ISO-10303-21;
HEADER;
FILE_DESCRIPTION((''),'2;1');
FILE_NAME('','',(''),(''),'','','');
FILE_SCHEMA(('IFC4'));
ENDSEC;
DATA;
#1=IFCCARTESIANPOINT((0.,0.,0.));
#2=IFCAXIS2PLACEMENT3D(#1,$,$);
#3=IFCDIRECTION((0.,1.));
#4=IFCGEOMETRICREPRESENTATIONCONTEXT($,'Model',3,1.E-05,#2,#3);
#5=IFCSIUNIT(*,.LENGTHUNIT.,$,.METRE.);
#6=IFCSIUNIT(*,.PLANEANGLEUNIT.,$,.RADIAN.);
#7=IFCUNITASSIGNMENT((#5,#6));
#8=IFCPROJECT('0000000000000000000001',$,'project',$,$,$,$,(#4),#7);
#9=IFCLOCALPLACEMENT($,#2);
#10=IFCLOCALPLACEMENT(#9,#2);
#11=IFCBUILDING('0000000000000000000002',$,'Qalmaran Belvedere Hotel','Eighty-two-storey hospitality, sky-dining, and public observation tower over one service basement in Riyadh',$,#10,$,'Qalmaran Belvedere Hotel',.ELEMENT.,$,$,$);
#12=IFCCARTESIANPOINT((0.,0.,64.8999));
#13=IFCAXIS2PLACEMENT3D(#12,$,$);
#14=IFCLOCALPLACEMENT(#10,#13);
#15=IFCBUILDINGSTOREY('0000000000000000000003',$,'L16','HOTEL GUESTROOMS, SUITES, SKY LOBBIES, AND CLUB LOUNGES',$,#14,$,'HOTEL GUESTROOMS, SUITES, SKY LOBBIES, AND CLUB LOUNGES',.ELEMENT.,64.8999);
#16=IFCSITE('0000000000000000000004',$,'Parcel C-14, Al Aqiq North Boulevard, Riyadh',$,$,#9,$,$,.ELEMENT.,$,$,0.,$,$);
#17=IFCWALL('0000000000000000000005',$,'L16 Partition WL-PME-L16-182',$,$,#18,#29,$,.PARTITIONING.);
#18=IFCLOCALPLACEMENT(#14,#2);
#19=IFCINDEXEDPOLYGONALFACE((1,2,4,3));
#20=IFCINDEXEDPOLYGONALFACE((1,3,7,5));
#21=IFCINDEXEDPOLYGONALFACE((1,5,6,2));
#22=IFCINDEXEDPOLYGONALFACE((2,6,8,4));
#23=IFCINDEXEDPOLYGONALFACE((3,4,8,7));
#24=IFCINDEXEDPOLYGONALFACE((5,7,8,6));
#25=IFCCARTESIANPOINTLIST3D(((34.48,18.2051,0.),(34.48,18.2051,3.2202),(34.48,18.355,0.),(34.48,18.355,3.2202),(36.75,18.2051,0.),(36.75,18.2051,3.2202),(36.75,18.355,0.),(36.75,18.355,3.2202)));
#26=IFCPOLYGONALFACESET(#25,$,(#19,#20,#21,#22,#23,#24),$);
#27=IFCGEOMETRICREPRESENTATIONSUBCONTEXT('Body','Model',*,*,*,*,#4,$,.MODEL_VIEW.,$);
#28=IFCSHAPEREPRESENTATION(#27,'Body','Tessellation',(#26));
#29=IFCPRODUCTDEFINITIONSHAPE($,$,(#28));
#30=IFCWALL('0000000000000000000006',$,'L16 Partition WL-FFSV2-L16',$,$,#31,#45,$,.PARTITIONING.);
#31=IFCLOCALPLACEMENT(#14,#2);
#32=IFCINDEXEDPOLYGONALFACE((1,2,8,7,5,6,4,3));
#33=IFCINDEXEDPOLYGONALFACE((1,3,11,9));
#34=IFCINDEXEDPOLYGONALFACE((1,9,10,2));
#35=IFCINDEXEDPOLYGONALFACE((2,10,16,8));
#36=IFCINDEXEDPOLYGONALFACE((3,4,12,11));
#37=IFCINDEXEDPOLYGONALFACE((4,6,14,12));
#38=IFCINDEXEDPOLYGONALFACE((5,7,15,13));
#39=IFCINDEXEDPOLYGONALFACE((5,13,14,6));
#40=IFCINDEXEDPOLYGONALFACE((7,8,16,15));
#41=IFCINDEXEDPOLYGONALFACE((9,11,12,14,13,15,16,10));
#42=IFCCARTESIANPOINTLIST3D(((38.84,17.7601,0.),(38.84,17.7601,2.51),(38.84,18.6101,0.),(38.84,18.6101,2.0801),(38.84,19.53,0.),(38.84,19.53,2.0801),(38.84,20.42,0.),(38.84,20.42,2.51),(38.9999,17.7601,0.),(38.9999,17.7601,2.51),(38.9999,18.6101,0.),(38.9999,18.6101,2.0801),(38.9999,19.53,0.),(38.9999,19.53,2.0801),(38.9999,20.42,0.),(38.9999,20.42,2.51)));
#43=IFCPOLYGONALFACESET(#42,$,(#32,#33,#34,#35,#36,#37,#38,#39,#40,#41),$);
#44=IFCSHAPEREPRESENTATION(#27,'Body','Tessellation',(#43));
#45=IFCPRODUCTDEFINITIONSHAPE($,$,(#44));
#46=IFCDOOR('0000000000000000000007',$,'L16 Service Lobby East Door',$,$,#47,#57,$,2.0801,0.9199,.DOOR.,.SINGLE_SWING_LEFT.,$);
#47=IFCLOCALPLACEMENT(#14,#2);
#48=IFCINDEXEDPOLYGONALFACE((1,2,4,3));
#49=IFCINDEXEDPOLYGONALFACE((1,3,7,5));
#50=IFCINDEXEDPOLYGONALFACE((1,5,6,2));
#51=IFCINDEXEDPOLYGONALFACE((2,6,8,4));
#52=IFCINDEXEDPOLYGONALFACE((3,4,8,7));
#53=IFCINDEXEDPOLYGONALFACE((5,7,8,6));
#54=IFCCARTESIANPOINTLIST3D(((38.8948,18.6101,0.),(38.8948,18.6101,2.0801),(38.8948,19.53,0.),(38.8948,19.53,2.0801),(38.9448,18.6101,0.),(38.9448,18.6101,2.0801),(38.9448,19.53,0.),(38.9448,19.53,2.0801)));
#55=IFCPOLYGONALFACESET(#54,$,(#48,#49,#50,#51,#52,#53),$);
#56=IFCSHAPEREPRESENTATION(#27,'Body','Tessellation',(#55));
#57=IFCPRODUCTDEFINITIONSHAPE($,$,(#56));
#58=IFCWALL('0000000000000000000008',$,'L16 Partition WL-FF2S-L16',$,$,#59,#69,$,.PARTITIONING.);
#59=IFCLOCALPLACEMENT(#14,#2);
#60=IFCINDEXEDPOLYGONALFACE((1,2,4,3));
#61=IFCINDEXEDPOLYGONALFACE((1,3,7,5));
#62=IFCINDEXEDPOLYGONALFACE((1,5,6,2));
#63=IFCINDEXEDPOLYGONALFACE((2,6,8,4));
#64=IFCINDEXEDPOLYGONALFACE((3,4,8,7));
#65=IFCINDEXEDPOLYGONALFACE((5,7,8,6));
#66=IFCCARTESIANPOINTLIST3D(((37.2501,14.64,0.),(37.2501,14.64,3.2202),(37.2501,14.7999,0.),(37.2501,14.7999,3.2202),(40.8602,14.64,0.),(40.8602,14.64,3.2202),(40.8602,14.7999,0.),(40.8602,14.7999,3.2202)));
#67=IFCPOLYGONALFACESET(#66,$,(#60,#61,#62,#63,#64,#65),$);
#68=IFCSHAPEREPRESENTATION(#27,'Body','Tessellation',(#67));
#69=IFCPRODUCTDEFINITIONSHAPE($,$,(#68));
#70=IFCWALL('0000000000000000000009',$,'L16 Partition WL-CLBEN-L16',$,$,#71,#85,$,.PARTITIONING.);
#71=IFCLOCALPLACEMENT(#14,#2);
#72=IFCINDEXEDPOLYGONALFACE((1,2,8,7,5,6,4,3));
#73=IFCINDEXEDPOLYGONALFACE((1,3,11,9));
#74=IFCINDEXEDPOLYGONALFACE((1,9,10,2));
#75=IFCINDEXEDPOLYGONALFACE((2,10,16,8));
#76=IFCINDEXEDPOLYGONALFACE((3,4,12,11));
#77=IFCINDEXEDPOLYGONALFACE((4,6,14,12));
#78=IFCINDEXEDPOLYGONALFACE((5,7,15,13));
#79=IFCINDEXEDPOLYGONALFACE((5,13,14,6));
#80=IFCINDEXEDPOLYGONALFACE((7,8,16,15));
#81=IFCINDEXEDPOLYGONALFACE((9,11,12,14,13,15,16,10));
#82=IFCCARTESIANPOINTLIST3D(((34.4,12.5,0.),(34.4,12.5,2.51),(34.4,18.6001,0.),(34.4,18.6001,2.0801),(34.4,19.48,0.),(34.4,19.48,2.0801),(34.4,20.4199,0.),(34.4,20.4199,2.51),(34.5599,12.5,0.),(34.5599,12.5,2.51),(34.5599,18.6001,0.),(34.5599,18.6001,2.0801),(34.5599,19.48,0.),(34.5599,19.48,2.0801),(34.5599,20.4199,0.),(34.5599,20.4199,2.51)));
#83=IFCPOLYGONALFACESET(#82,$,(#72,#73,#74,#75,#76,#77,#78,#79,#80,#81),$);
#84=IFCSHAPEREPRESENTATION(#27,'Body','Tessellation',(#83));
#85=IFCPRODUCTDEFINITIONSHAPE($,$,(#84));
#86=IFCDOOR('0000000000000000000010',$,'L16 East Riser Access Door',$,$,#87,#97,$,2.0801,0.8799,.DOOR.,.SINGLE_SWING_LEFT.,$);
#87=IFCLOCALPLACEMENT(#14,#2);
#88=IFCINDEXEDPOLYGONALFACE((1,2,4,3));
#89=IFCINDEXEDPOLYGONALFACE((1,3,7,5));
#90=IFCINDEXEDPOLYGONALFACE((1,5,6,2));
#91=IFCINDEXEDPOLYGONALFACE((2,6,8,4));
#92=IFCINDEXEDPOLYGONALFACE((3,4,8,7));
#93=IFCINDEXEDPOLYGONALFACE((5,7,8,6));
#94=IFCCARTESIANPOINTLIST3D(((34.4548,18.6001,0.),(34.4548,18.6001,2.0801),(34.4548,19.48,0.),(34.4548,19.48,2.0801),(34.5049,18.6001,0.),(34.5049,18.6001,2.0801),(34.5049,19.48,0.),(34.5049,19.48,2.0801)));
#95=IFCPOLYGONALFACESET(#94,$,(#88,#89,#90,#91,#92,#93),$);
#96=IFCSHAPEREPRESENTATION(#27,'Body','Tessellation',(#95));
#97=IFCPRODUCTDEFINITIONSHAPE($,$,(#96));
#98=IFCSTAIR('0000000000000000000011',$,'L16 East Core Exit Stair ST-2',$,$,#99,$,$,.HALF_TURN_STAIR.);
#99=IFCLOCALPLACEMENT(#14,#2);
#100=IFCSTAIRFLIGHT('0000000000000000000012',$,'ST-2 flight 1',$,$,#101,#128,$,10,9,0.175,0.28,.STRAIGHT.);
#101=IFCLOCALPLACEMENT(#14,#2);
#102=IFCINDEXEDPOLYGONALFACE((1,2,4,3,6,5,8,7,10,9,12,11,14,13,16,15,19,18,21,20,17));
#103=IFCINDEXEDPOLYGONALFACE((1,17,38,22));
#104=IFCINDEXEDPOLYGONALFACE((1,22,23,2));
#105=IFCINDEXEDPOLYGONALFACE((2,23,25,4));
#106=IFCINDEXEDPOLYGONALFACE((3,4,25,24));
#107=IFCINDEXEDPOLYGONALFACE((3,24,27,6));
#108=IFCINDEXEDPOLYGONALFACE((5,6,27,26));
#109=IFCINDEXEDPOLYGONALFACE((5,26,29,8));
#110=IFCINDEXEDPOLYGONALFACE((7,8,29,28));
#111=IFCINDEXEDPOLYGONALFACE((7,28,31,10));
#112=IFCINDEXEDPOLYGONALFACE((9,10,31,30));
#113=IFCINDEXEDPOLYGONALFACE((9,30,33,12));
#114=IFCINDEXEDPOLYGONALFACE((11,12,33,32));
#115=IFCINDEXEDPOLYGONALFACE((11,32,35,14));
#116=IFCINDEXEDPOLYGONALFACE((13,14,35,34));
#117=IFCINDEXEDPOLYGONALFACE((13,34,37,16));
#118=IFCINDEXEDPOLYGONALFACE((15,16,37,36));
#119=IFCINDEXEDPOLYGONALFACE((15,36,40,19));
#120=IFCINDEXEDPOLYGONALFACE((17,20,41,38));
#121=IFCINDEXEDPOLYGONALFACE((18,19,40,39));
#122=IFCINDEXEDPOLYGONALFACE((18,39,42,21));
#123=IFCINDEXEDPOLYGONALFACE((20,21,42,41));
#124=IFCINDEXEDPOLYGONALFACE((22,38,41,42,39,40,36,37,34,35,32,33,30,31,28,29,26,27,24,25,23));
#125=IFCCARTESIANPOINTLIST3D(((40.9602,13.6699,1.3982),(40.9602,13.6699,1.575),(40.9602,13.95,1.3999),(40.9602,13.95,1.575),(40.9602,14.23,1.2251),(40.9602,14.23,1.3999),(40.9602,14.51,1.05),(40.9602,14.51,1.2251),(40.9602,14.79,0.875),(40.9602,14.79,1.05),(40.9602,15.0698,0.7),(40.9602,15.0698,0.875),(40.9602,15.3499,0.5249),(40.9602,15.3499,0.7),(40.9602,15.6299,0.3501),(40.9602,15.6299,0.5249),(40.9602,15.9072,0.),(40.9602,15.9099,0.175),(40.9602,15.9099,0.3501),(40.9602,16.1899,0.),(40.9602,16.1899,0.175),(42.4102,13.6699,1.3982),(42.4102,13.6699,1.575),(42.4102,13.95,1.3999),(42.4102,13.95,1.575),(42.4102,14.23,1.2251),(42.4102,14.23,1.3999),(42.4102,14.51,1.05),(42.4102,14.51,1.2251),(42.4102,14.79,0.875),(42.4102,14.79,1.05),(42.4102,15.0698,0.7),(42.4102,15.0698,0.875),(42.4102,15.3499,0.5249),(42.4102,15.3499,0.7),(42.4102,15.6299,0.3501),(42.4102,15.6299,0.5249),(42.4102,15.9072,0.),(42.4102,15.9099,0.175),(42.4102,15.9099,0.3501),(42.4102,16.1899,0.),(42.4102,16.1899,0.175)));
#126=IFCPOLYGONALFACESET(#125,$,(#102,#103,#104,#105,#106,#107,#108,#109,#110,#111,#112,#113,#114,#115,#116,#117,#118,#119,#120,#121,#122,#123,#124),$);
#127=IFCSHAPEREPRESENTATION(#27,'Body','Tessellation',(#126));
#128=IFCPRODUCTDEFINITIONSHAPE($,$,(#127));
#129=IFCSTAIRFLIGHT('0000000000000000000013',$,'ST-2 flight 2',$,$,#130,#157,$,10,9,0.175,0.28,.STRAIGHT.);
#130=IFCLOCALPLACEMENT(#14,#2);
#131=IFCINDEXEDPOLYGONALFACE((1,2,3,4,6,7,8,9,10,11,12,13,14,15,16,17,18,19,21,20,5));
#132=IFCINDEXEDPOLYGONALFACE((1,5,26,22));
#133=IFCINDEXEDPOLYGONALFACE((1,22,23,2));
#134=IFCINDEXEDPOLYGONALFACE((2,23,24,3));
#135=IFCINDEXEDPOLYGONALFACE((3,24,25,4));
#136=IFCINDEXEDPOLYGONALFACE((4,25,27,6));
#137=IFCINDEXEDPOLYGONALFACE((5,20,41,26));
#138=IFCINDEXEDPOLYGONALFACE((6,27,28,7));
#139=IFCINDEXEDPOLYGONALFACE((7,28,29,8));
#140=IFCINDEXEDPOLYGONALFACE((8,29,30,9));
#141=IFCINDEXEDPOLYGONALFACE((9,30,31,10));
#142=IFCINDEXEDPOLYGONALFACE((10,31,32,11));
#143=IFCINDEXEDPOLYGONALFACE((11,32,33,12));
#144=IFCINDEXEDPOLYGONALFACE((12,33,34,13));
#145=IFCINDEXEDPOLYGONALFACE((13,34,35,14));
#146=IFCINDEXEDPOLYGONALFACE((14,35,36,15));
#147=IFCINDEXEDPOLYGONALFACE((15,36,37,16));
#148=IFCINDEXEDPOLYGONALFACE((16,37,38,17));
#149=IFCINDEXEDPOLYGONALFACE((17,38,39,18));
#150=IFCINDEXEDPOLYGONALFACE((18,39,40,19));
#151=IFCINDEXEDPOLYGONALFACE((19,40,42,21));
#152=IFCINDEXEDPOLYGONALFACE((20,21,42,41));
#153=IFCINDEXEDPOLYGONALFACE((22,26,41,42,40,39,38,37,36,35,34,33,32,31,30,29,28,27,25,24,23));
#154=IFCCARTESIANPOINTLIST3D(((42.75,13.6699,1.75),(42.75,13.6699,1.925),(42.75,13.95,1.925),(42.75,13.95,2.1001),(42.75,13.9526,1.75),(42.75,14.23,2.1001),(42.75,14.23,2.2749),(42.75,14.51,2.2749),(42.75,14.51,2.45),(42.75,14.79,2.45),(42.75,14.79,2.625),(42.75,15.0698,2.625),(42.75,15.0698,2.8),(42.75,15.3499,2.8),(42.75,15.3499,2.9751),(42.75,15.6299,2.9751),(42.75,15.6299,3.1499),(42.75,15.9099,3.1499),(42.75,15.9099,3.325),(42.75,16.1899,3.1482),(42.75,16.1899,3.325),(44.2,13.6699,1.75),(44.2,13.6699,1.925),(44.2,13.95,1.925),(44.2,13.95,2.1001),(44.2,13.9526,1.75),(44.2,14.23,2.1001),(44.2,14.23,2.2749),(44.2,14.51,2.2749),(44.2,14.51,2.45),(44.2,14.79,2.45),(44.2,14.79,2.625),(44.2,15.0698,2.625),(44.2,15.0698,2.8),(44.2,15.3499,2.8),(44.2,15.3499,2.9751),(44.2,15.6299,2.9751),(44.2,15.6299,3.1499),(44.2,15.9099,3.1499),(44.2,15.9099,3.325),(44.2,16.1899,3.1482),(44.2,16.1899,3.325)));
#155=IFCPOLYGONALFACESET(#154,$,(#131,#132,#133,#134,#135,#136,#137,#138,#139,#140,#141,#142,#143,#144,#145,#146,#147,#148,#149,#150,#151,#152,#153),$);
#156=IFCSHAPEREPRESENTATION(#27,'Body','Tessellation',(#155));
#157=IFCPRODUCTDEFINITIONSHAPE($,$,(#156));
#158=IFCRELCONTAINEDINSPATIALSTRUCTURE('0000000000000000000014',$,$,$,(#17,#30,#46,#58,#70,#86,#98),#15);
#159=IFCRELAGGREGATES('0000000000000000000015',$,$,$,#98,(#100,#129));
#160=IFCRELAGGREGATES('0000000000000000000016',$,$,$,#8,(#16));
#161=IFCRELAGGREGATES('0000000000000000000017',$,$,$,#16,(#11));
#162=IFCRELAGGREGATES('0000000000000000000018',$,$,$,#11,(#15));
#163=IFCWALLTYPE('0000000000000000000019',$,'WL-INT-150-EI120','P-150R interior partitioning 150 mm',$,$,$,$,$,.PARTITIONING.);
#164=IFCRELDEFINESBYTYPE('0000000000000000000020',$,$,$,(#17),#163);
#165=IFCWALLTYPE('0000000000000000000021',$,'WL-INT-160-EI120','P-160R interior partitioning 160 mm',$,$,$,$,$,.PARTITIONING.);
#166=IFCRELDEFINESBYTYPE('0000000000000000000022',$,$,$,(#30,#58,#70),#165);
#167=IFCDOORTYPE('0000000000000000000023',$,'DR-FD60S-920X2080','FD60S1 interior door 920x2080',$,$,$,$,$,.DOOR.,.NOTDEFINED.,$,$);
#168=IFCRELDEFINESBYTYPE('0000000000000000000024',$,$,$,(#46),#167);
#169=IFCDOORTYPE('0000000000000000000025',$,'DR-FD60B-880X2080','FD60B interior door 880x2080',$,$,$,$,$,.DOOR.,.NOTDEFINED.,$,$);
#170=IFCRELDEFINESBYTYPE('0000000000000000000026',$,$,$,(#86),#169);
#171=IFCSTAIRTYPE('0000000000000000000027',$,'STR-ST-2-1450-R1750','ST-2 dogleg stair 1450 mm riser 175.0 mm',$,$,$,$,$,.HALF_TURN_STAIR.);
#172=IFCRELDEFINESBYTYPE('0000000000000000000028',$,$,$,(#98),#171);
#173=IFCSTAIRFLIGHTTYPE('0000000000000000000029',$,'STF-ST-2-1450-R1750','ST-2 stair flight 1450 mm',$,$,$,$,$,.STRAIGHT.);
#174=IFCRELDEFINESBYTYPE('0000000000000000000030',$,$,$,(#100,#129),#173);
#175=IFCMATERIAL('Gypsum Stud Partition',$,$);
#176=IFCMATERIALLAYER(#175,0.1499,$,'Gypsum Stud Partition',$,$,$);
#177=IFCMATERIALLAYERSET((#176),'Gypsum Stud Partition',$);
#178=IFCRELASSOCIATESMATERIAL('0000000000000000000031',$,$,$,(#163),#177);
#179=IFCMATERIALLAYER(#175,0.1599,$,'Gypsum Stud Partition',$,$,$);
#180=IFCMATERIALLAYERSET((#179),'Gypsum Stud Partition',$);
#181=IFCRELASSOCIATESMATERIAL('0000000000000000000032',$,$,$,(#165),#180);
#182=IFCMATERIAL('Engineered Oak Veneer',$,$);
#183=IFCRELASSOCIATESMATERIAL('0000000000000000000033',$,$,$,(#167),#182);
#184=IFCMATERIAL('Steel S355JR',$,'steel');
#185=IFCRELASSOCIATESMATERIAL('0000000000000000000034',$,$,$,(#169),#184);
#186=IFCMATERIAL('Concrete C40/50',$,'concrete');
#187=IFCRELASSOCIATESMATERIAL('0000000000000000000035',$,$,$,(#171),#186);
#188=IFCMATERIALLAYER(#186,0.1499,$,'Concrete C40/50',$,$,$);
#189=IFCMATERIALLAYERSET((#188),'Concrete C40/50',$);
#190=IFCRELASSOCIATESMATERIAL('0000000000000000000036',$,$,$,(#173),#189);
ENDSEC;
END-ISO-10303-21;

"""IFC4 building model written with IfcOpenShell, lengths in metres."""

from ifc_helpers import new_model, si_unit, direction, frame, frame_2d, origin, place, context, subcontext, project, spatial, polyline, rectangle, outline, extrude, material, layer, layer_set, type_object, element, fill, aggregate, save


model = new_model("IFC4")

# Units and contexts
model_context = context("Model", 3, precision=1e-05, world=origin(), true_north=direction((0.0, 1.0)))
body_context = subcontext(model_context, "Body", "Model", "MODEL_VIEW")
ifc_project = project(units=[si_unit("LENGTHUNIT", "METRE"), si_unit("PLANEANGLEUNIT", "RADIAN")], contexts=[model_context])

# Site, building, storey
site_placement = place(None, origin())
site = spatial("IfcSite", under=ifc_project, at=site_placement, Name="Parcel C-14, Al Aqiq North Boulevard, Riyadh", CompositionType="ELEMENT", RefElevation=0.0)
building_placement = place(site_placement, origin())
building = spatial("IfcBuilding", under=site, at=building_placement, Name="Qalmaran Belvedere Hotel", Description="Eighty-two-storey hospitality, sky-dining, and public observation tower over one service basement in Riyadh", LongName="Qalmaran Belvedere Hotel", CompositionType="ELEMENT")
storey_placement = place(building_placement, frame((0.0, 0.0, 64.8999)))
storey = spatial("IfcBuildingStorey", under=building, at=storey_placement, Name="L16", Description="HOTEL GUESTROOMS, SUITES, SKY LOBBIES, AND CLUB LOUNGES", LongName="HOTEL GUESTROOMS, SUITES, SKY LOBBIES, AND CLUB LOUNGES", CompositionType="ELEMENT", Elevation=64.8999)

# Shared definitions
ifc_material_1 = material(Name="Steel S355JR", Category="steel")

# Wall
ifc_material_2 = material(Name="Gypsum Stud Partition")
ifc_layer_1 = layer(ifc_material_2, 0.1499, Name="Gypsum Stud Partition")
ifc_layer_set_1 = layer_set([ifc_layer_1], Name="Gypsum Stud Partition")
wall_type_1 = type_object("IfcWallType", Name="WL-INT-150-EI120", Description="P-150R interior partitioning 150 mm", PredefinedType="PARTITIONING", material=ifc_layer_set_1)
wall_1_placement = place(storey_placement, frame((34.48, 18.28, 0.0), z_axis=(0.0, 0.0, 1.0), x_axis=(1.0, 0.0, 0.0)))
element("IfcWall", 1, at=wall_1_placement, inside=storey, type_object=wall_type_1, Name="L16 Partition WL-PME-L16-182", PredefinedType="PARTITIONING", context=body_context, shape_type="SweptSolid", body=[
    extrude(rectangle(XDim=2.27, YDim=0.1499, at=frame_2d((1.135, 0.0))), origin(), (0.0, 0.0, 1.0), 3.2202),
])

# Wall, opening, door
ifc_layer_2 = layer(ifc_material_2, 0.1599, Name="Gypsum Stud Partition")
ifc_layer_set_2 = layer_set([ifc_layer_2], Name="Gypsum Stud Partition")
wall_type_2 = type_object("IfcWallType", Name="WL-INT-160-EI120", Description="P-160R interior partitioning 160 mm", PredefinedType="PARTITIONING", material=ifc_layer_set_2)
wall_2_placement = place(storey_placement, frame((38.9199, 17.76, 0.0), z_axis=(0.0, 0.0, 1.0), x_axis=(0.0, 1.0, 0.0)))
wall_2 = element("IfcWall", 2, at=wall_2_placement, inside=storey, type_object=wall_type_2, Name="L16 Partition WL-FFSV2-L16", PredefinedType="PARTITIONING", context=body_context, shape_type="SweptSolid", body=[
    extrude(rectangle(XDim=2.6599, YDim=0.1599, at=frame_2d((1.3301, 0.0))), origin(), (0.0, 0.0, 1.0), 2.51),
])
opening_1_placement = place(wall_2_placement, frame((1.77, 0.0, 0.0), z_axis=(0.0, 0.0, 1.0), x_axis=(-1.0, 0.0, 0.0)))
opening_1 = element("IfcOpeningElement", 3, at=opening_1_placement, cuts=wall_2, PredefinedType="OPENING", context=body_context, shape_type="SweptSolid", body=[
    extrude(rectangle(XDim=0.9199, YDim=2.0801, at=frame_2d((0.46, 1.04))), frame((0.0, 0.0898, 0.0), z_axis=(0.0, -1.0, 0.0), x_axis=(1.0, 0.0, 0.0)), (0.0, 0.0, 1.0), 0.1799),
])
ifc_material_3 = material(Name="Engineered Oak Veneer")
door_type_1 = type_object("IfcDoorType", Name="DR-FD60S-920X2080", Description="FD60S1 interior door 920x2080", OperationType="NOTDEFINED", PredefinedType="DOOR", material=ifc_material_3)
door_1_placement = place(opening_1_placement, origin())
door_1 = element("IfcDoor", 4, at=door_1_placement, inside=storey, type_object=door_type_1, Name="L16 Service Lobby East Door", OperationType="SINGLE_SWING_LEFT", OverallHeight=2.0801, OverallWidth=0.9199, PredefinedType="DOOR", context=body_context, shape_type="SweptSolid", body=[
    extrude(rectangle(XDim=0.9199, YDim=2.0801, at=frame_2d((0.46, 1.04))), frame((0.0, 0.0249, 0.0), z_axis=(0.0, -1.0, 0.0), x_axis=(1.0, 0.0, 0.0)), (0.0, 0.0, 1.0), 0.05),
])
fill(opening_1, door_1)

# Wall
wall_3_placement = place(storey_placement, frame((37.25, 14.72, 0.0), z_axis=(0.0, 0.0, 1.0), x_axis=(1.0, 0.0, 0.0)))
element("IfcWall", 5, at=wall_3_placement, inside=storey, type_object=wall_type_2, Name="L16 Partition WL-FF2S-L16", PredefinedType="PARTITIONING", context=body_context, shape_type="SweptSolid", body=[
    extrude(rectangle(XDim=3.6101, YDim=0.1599, at=frame_2d((1.8052, 0.0))), origin(), (0.0, 0.0, 1.0), 3.2202),
])

# Wall, opening, door
wall_4_placement = place(storey_placement, frame((34.48, 12.5, 0.0), z_axis=(0.0, 0.0, 1.0), x_axis=(0.0, 1.0, 0.0)))
wall_4 = element("IfcWall", 6, at=wall_4_placement, inside=storey, type_object=wall_type_2, Name="L16 Partition WL-CLBEN-L16", PredefinedType="PARTITIONING", context=body_context, shape_type="SweptSolid", body=[
    extrude(rectangle(XDim=7.9199, YDim=0.1599, at=frame_2d((3.96, 0.0))), origin(), (0.0, 0.0, 1.0), 2.51),
])
opening_2_placement = place(wall_4_placement, frame((6.98, 0.0, 0.0), z_axis=(0.0, 0.0, 1.0), x_axis=(-1.0, 0.0, 0.0)))
opening_2 = element("IfcOpeningElement", 7, at=opening_2_placement, cuts=wall_4, PredefinedType="OPENING", context=body_context, shape_type="SweptSolid", body=[
    extrude(rectangle(XDim=0.8799, YDim=2.0801, at=frame_2d((0.4399, 1.04))), frame((0.0, 0.0898, 0.0), z_axis=(0.0, -1.0, 0.0), x_axis=(1.0, 0.0, 0.0)), (0.0, 0.0, 1.0), 0.1799),
])
door_type_2 = type_object("IfcDoorType", Name="DR-FD60B-880X2080", Description="FD60B interior door 880x2080", OperationType="NOTDEFINED", PredefinedType="DOOR", material=ifc_material_1)
door_2_placement = place(opening_2_placement, origin())
door_2 = element("IfcDoor", 8, at=door_2_placement, inside=storey, type_object=door_type_2, Name="L16 East Riser Access Door", OperationType="SINGLE_SWING_LEFT", OverallHeight=2.0801, OverallWidth=0.8799, PredefinedType="DOOR", context=body_context, shape_type="SweptSolid", body=[
    extrude(rectangle(XDim=0.8799, YDim=2.0801, at=frame_2d((0.4399, 1.04))), frame((0.0, 0.0249, 0.0), z_axis=(0.0, -1.0, 0.0), x_axis=(1.0, 0.0, 0.0)), (0.0, 0.0, 1.0), 0.05),
])
fill(opening_2, door_2)

# Stair, stair flights
ifc_material_4 = material(Name="Concrete C40/50", Category="concrete")
stair_type = type_object("IfcStairType", Name="STR-ST-2-1450-R1750", Description="ST-2 dogleg stair 1450 mm riser 175.0 mm", PredefinedType="HALF_TURN_STAIR", material=ifc_material_4)
stair_placement = place(storey_placement, origin())
stair = element("IfcStair", 9, at=stair_placement, inside=storey, type_object=stair_type, Name="L16 East Core Exit Stair ST-2", PredefinedType="HALF_TURN_STAIR")
ifc_layer_3 = layer(ifc_material_4, 0.1499, Name="Concrete C40/50")
ifc_layer_set_3 = layer_set([ifc_layer_3], Name="Concrete C40/50")
stair_flight_type = type_object("IfcStairFlightType", Name="STF-ST-2-1450-R1750", Description="ST-2 stair flight 1450 mm", PredefinedType="STRAIGHT", material=ifc_layer_set_3)
stair_flight_1_placement = place(storey_placement, frame((41.6851, 16.1899, 0.0), z_axis=(0.0, 0.0, 1.0), x_axis=(0.0, -1.0, 0.0)))
stair_flight_1 = element("IfcStairFlight", 10, at=stair_flight_1_placement, type_object=stair_flight_type, Name="ST-2 flight 1", NumberOfRisers=10, NumberOfTreads=9, PredefinedType="STRAIGHT", RiserHeight=0.175, TreadLength=0.28, context=body_context, shape_type="SweptSolid", body=[
    extrude(outline(polyline([(0.0, 0.0), (0.0, 0.175), (0.28, 0.175), (0.28, 0.3501), (0.5601, 0.3501), (0.5601, 0.5249), (0.8401, 0.5249), (0.8401, 0.7), (1.1201, 0.7), (1.1201, 0.875), (1.3999, 0.875), (1.3999, 1.05), (1.6799, 1.05), (1.6799, 1.2251), (1.96, 1.2251), (1.96, 1.3999), (2.24, 1.3999), (2.24, 1.575), (2.52, 1.575), (2.52, 1.75), (2.52, 1.3982), (0.2827, 0.0), (0.0, 0.0)])), frame((0.0, 0.7251, 0.0), z_axis=(0.0, -1.0, 0.0), x_axis=(1.0, 0.0, 0.0)), (0.0, 0.0, 1.0), 1.45),
])
stair_flight_2_placement = place(storey_placement, frame((43.4751, 13.6699, 1.75), z_axis=(0.0, 0.0, 1.0), x_axis=(0.0, 1.0, 0.0)))
stair_flight_2 = element("IfcStairFlight", 11, at=stair_flight_2_placement, type_object=stair_flight_type, Name="ST-2 flight 2", NumberOfRisers=10, NumberOfTreads=9, PredefinedType="STRAIGHT", RiserHeight=0.175, TreadLength=0.28, context=body_context, shape_type="SweptSolid", body=[
    extrude(outline(polyline([(0.0, 0.0), (0.0, 0.175), (0.28, 0.175), (0.28, 0.3501), (0.5601, 0.3501), (0.5601, 0.5249), (0.8401, 0.5249), (0.8401, 0.7), (1.1201, 0.7), (1.1201, 0.875), (1.3999, 0.875), (1.3999, 1.05), (1.6799, 1.05), (1.6799, 1.2251), (1.96, 1.2251), (1.96, 1.3999), (2.24, 1.3999), (2.24, 1.575), (2.52, 1.575), (2.52, 1.75), (2.52, 1.3982), (0.2827, 0.0), (0.0, 0.0)])), frame((0.0, 0.7251, 0.0), z_axis=(0.0, -1.0, 0.0), x_axis=(1.0, 0.0, 0.0)), (0.0, 0.0, 1.0), 1.45),
])
aggregate(stair, [stair_flight_1, stair_flight_2])

save(model, "model.ifc")
